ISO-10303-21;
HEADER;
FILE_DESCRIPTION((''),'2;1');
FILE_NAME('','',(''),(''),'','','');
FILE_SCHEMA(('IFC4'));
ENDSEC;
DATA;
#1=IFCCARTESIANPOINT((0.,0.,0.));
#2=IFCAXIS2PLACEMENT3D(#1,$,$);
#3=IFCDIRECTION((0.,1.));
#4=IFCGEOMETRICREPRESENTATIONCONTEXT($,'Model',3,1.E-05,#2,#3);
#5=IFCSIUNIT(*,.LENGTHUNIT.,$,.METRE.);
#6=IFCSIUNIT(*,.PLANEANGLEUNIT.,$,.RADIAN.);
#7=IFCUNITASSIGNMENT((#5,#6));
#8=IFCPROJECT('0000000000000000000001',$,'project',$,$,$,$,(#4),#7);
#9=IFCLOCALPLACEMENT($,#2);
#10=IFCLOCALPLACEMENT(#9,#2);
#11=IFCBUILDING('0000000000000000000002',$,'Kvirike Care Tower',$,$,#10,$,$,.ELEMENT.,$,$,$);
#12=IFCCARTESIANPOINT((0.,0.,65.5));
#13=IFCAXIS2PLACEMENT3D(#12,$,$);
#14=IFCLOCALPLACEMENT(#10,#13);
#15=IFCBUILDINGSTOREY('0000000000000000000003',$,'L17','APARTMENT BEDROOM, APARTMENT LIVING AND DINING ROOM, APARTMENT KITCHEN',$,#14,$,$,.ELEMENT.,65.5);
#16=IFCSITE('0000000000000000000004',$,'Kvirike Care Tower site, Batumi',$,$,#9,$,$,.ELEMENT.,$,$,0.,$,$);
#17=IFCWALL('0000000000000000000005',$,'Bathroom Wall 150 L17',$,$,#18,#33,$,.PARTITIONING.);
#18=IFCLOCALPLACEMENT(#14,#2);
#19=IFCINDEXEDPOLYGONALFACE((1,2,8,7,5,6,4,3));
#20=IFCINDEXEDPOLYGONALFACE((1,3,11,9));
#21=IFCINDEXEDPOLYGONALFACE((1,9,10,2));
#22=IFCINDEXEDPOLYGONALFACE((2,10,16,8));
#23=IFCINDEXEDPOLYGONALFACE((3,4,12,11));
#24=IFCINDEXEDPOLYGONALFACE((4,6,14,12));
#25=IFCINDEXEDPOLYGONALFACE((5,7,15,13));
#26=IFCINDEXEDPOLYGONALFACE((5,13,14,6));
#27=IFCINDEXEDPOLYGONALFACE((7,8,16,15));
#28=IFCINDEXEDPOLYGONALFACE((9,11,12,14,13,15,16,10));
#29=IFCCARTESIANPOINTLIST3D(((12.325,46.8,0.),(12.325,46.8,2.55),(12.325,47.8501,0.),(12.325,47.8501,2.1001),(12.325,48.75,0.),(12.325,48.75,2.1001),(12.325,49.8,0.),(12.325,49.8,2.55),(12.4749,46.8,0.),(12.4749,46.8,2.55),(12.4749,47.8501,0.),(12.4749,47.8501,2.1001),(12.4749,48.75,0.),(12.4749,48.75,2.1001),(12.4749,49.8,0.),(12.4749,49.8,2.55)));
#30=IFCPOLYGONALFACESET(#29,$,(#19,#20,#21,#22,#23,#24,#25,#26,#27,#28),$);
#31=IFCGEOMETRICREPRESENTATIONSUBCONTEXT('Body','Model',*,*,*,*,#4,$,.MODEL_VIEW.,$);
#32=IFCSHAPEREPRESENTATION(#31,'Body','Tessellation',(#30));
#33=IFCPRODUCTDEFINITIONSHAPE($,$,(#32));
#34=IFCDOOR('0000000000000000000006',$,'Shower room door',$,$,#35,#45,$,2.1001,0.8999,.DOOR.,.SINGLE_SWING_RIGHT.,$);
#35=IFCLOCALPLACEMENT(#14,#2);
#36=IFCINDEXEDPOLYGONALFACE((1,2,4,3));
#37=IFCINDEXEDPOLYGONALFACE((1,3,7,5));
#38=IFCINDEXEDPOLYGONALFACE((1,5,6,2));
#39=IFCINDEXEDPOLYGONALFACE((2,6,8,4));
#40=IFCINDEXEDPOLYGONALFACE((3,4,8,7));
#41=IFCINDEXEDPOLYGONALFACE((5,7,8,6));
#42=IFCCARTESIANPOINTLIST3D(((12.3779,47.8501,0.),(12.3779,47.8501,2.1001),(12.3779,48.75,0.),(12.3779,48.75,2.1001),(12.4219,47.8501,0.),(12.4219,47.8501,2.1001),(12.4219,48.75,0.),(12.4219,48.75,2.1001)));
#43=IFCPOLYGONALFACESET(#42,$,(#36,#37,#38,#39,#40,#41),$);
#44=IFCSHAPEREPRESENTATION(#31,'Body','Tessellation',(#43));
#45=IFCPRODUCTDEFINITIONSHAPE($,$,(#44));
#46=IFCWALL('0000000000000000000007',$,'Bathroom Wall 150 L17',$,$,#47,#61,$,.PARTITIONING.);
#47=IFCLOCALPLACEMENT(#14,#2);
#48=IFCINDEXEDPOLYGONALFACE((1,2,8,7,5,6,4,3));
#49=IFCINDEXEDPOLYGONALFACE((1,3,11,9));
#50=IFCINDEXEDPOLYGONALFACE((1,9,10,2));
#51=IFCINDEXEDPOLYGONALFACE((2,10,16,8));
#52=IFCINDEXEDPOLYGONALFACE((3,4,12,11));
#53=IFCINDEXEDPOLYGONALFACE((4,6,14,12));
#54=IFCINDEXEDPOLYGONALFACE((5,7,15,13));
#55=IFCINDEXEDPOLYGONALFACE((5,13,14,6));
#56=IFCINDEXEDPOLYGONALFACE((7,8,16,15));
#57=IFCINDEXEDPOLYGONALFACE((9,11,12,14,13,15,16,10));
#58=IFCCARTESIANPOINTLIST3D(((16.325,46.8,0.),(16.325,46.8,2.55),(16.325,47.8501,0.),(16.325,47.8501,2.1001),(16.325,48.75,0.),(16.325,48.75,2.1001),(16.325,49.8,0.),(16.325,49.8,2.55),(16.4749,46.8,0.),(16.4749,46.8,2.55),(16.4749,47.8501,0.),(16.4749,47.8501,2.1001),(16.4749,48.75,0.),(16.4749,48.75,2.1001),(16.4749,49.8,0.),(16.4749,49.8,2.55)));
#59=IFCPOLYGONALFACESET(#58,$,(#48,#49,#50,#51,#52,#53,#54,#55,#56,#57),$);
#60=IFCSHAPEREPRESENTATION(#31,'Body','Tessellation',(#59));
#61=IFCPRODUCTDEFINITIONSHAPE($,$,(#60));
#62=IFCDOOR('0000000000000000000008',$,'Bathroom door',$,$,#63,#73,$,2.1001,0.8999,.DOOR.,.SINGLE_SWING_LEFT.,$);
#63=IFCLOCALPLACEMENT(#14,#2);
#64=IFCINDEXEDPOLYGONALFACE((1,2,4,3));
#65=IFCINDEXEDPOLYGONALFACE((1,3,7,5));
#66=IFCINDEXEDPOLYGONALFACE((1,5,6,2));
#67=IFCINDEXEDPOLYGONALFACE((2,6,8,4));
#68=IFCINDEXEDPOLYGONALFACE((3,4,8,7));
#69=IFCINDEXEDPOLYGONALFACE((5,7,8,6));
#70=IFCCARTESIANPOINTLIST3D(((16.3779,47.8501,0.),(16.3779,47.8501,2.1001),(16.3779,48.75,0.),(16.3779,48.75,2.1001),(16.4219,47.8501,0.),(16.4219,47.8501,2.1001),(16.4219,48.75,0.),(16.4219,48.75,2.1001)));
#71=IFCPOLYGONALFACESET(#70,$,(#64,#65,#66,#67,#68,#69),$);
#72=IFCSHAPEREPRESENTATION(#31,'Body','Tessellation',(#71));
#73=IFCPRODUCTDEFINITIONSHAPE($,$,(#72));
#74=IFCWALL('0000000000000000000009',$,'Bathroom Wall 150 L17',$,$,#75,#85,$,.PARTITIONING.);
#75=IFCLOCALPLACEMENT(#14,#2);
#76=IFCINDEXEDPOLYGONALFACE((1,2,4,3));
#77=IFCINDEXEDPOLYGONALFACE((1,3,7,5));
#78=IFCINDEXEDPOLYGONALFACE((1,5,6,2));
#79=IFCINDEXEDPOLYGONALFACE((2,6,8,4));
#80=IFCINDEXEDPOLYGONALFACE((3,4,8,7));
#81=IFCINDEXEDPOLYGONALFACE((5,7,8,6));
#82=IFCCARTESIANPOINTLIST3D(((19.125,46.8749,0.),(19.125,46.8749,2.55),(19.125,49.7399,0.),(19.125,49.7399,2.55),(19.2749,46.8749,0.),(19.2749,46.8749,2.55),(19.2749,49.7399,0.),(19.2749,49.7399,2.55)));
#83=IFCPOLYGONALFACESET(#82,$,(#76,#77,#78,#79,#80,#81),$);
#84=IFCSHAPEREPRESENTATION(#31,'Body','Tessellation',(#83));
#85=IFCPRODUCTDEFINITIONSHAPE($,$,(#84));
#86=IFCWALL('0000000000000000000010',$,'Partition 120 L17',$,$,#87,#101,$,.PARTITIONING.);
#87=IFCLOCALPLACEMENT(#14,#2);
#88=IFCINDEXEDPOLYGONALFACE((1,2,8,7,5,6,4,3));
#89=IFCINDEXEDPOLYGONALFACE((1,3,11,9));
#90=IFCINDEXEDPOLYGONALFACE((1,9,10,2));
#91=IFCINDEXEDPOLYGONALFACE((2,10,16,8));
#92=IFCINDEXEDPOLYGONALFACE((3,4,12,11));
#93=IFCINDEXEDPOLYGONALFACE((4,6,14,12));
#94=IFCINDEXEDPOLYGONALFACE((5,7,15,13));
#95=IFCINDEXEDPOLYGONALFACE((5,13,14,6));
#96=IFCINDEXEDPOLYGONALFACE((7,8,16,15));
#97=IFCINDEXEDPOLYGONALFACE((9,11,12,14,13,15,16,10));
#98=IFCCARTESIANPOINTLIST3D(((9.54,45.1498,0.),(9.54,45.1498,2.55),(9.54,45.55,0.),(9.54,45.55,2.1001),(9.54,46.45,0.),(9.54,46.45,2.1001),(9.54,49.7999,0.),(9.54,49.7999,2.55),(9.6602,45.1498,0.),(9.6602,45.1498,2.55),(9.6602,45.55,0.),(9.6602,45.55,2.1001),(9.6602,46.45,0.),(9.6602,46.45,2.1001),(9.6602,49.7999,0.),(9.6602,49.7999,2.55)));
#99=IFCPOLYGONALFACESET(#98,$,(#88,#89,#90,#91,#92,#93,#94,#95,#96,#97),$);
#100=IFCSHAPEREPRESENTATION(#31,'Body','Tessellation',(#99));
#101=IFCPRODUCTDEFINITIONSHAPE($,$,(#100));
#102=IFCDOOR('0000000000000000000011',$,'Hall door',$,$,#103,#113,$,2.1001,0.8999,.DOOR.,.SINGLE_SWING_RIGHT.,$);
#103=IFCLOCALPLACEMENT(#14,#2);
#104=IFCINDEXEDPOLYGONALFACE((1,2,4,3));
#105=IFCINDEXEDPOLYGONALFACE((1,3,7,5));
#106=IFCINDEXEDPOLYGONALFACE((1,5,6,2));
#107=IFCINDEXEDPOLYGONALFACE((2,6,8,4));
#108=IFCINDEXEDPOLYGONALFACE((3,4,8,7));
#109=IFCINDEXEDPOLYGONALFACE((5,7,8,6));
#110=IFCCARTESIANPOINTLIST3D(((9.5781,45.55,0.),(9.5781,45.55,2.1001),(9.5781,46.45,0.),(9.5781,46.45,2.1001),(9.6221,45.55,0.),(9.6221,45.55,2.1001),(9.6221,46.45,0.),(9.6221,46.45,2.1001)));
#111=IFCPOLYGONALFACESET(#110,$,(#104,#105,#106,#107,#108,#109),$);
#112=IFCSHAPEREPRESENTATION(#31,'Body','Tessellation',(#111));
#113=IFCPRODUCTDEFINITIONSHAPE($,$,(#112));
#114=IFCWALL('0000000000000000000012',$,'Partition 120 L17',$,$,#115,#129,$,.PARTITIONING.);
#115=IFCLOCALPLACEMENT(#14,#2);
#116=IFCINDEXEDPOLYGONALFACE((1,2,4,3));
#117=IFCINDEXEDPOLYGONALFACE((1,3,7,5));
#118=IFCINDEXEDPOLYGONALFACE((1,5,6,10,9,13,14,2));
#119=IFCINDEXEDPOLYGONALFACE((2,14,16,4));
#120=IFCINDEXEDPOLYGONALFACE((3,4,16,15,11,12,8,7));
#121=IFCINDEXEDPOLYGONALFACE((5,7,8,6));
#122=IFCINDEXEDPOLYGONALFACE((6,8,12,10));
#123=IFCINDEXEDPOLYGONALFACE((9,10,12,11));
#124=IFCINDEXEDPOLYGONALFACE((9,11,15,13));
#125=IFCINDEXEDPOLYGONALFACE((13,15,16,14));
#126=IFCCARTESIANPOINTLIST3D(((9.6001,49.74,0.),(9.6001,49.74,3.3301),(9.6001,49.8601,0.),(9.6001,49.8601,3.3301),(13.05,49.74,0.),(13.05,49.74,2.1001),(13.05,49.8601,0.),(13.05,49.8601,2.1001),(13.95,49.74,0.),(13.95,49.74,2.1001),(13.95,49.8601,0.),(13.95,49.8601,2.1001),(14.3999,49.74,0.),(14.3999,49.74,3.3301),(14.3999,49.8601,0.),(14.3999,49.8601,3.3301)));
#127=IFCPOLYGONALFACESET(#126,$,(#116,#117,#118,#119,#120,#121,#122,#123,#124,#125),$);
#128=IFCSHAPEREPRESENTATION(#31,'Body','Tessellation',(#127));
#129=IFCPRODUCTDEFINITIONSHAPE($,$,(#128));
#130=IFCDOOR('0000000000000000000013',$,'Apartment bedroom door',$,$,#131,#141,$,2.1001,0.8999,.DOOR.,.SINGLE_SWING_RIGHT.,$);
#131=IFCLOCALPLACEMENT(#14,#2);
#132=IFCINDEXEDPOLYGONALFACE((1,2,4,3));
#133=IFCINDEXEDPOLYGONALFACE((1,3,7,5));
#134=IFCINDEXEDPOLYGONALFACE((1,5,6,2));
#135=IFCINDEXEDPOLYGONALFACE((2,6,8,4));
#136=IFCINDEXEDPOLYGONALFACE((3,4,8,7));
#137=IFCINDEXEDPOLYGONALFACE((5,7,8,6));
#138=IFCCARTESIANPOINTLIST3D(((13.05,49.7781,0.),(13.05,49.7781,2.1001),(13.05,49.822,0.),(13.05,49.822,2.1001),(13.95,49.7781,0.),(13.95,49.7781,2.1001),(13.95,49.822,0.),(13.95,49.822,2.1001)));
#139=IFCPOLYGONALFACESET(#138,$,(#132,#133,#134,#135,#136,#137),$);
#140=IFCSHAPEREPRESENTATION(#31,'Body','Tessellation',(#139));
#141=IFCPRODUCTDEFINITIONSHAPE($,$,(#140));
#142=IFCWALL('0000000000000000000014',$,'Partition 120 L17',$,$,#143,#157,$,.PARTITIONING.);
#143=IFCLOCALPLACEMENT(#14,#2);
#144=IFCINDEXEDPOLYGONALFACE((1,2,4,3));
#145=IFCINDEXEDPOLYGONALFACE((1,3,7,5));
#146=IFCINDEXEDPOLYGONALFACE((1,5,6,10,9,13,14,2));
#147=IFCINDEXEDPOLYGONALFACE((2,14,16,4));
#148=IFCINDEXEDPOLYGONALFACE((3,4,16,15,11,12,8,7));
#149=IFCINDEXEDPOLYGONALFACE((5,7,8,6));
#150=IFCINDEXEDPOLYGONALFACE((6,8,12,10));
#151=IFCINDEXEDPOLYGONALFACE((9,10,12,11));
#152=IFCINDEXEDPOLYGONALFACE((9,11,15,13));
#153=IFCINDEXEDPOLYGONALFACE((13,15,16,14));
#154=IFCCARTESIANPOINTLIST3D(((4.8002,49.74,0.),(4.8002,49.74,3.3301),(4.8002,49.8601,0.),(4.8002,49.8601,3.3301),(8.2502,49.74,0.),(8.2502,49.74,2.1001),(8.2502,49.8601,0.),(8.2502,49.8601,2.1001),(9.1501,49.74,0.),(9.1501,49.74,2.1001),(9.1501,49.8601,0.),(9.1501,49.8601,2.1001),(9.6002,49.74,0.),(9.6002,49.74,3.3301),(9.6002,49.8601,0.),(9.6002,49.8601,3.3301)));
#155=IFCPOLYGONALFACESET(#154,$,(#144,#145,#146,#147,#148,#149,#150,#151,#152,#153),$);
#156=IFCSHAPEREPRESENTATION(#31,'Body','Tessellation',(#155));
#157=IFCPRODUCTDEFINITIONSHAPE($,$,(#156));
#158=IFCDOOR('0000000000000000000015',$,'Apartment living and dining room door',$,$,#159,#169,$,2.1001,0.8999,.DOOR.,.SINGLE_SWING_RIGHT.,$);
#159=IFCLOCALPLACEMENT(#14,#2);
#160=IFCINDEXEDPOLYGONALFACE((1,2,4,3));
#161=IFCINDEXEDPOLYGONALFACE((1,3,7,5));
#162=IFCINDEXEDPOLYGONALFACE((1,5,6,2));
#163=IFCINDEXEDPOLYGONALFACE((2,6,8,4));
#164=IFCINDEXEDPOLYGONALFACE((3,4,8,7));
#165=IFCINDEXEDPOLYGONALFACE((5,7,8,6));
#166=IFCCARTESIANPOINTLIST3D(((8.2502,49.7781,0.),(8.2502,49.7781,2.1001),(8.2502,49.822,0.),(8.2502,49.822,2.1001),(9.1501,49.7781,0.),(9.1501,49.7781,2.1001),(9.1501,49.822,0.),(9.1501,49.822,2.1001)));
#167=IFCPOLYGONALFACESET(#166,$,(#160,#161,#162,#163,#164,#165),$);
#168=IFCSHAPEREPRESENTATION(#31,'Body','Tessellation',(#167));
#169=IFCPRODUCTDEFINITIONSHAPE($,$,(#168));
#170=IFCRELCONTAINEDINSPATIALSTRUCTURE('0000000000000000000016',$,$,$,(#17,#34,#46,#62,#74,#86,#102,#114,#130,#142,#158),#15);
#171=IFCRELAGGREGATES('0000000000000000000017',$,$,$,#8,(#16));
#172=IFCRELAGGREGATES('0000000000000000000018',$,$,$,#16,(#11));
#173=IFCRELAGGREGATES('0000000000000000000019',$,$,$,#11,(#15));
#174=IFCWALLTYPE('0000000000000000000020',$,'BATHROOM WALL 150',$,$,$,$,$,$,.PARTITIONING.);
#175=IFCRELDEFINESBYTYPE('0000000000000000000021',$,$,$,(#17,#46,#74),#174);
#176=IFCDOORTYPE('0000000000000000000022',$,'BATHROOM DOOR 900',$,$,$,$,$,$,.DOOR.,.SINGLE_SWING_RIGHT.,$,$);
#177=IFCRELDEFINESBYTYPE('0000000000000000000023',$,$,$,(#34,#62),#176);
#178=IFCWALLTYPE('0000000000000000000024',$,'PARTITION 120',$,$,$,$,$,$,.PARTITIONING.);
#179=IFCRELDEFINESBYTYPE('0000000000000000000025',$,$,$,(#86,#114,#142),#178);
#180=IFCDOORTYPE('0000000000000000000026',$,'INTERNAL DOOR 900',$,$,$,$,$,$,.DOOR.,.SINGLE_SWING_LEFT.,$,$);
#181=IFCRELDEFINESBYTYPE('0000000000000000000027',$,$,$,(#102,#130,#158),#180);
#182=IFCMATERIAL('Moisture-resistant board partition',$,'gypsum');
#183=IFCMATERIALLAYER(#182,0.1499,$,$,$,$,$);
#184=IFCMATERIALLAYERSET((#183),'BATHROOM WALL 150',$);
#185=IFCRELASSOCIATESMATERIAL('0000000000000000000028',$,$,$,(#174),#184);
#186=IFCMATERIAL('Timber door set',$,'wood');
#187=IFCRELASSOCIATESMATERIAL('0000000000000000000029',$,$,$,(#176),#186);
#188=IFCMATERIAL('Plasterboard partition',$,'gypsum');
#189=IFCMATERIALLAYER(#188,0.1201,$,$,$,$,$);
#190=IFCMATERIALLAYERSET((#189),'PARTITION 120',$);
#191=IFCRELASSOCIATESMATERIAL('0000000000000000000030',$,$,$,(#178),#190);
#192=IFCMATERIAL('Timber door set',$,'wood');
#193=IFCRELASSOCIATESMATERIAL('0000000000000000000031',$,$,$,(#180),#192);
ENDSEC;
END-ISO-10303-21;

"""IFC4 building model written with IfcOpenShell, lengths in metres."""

from ifc_helpers import new_model, si_unit, direction, frame, frame_2d, origin, place, context, subcontext, project, spatial, rectangle, extrude, material, layer, layer_set, type_object, element, fill, save


model = new_model("IFC4")

# Units and contexts
model_context = context("Model", 3, precision=1e-05, world=origin(), true_north=direction((0.0, 1.0)))
body_context = subcontext(model_context, "Body", "Model", "MODEL_VIEW")
ifc_project = project(units=[si_unit("LENGTHUNIT", "METRE"), si_unit("PLANEANGLEUNIT", "RADIAN")], contexts=[model_context])

# Site, building, storey
site_placement = place(None, origin())
site = spatial("IfcSite", under=ifc_project, at=site_placement, Name="Kvirike Care Tower site, Batumi", CompositionType="ELEMENT", RefElevation=0.0)
building_placement = place(site_placement, origin())
building = spatial("IfcBuilding", under=site, at=building_placement, Name="Kvirike Care Tower", CompositionType="ELEMENT")
storey_placement = place(building_placement, frame((0.0, 0.0, 65.5)))
storey = spatial("IfcBuildingStorey", under=building, at=storey_placement, Name="L17", Description="APARTMENT BEDROOM, APARTMENT LIVING AND DINING ROOM, APARTMENT KITCHEN", CompositionType="ELEMENT", Elevation=65.5)

# Walls, openings, doors
ifc_material_1 = material(Name="Moisture-resistant board partition", Category="gypsum")
ifc_layer_1 = layer(ifc_material_1, 0.1499)
ifc_layer_set_1 = layer_set([ifc_layer_1], Name="BATHROOM WALL 150")
wall_type_1 = type_object("IfcWallType", Name="BATHROOM WALL 150", PredefinedType="PARTITIONING", material=ifc_layer_set_1)
wall_1_placement = place(storey_placement, frame((12.3999, 49.8, 0.0), z_axis=(0.0, 0.0, 1.0), x_axis=(0.0, -1.0, 0.0)))
wall_1 = element("IfcWall", 1, at=wall_1_placement, inside=storey, type_object=wall_type_1, Name="Bathroom Wall 150 L17", PredefinedType="PARTITIONING", context=body_context, shape_type="SweptSolid", body=[
    extrude(rectangle(XDim=3.0, YDim=0.1499, at=frame_2d((1.5, 0.0))), origin(), (0.0, 0.0, 1.0), 2.55),
])
opening_1_placement = place(wall_1_placement, frame((1.05, 0.0, 0.0)))
opening_1 = element("IfcOpeningElement", 2, at=opening_1_placement, cuts=wall_1, PredefinedType="OPENING", context=body_context, shape_type="SweptSolid", body=[
    extrude(rectangle(XDim=0.8999, YDim=2.1001, at=frame_2d((0.45, 1.05))), frame((0.0, 0.0854, 0.0), z_axis=(0.0, -1.0, 0.0), x_axis=(1.0, 0.0, 0.0)), (0.0, 0.0, 1.0), 0.1709),
])
ifc_material_2 = material(Name="Timber door set", Category="wood")
door_type_1 = type_object("IfcDoorType", Name="BATHROOM DOOR 900", OperationType="SINGLE_SWING_RIGHT", PredefinedType="DOOR", material=ifc_material_2)
door_1_placement = place(opening_1_placement, frame((0.8999, 0.0, 0.0), z_axis=(0.0, 0.0, 1.0), x_axis=(-1.0, 0.0, 0.0)))
door_1 = element("IfcDoor", 3, at=door_1_placement, inside=storey, type_object=door_type_1, Name="Shower room door", OperationType="SINGLE_SWING_RIGHT", OverallHeight=2.1001, OverallWidth=0.8999, PredefinedType="DOOR", context=body_context, shape_type="SweptSolid", body=[
    extrude(rectangle(XDim=0.8999, YDim=2.1001, at=frame_2d((0.45, 1.05))), frame((0.0, 0.022, 0.0), z_axis=(0.0, -1.0, 0.0), x_axis=(1.0, 0.0, 0.0)), (0.0, 0.0, 1.0), 0.0439),
])
fill(opening_1, door_1)
wall_2_placement = place(storey_placement, frame((16.3999, 49.8, 0.0), z_axis=(0.0, 0.0, 1.0), x_axis=(0.0, -1.0, 0.0)))
wall_2 = element("IfcWall", 4, at=wall_2_placement, inside=storey, type_object=wall_type_1, Name="Bathroom Wall 150 L17", PredefinedType="PARTITIONING", context=body_context, shape_type="SweptSolid", body=[
    extrude(rectangle(XDim=3.0, YDim=0.1499, at=frame_2d((1.5, 0.0))), origin(), (0.0, 0.0, 1.0), 2.55),
])
opening_2_placement = place(wall_2_placement, frame((1.05, 0.0, 0.0)))
opening_2 = element("IfcOpeningElement", 5, at=opening_2_placement, cuts=wall_2, PredefinedType="OPENING", context=body_context, shape_type="SweptSolid", body=[
    extrude(rectangle(XDim=0.8999, YDim=2.1001, at=frame_2d((0.45, 1.05))), frame((0.0, 0.0854, 0.0), z_axis=(0.0, -1.0, 0.0), x_axis=(1.0, 0.0, 0.0)), (0.0, 0.0, 1.0), 0.1709),
])
door_2_placement = place(opening_2_placement, origin())
door_2 = element("IfcDoor", 6, at=door_2_placement, inside=storey, type_object=door_type_1, Name="Bathroom door", OperationType="SINGLE_SWING_LEFT", OverallHeight=2.1001, OverallWidth=0.8999, PredefinedType="DOOR", context=body_context, shape_type="SweptSolid", body=[
    extrude(rectangle(XDim=0.8999, YDim=2.1001, at=frame_2d((0.45, 1.05))), frame((0.0, 0.022, 0.0), z_axis=(0.0, -1.0, 0.0), x_axis=(1.0, 0.0, 0.0)), (0.0, 0.0, 1.0), 0.0439),
])
fill(opening_2, door_2)

# Wall
wall_3_placement = place(storey_placement, frame((19.2, 49.74, 0.0), z_axis=(0.0, 0.0, 1.0), x_axis=(0.0, -1.0, 0.0)))
element("IfcWall", 7, at=wall_3_placement, inside=storey, type_object=wall_type_1, Name="Bathroom Wall 150 L17", PredefinedType="PARTITIONING", context=body_context, shape_type="SweptSolid", body=[
    extrude(rectangle(XDim=2.865, YDim=0.1499, at=frame_2d((1.4326, 0.0))), origin(), (0.0, 0.0, 1.0), 2.55),
])

# Walls, openings, doors
ifc_material_3 = material(Name="Plasterboard partition", Category="gypsum")
ifc_layer_2 = layer(ifc_material_3, 0.1201)
ifc_layer_set_2 = layer_set([ifc_layer_2], Name="PARTITION 120")
wall_type_2 = type_object("IfcWallType", Name="PARTITION 120", PredefinedType="PARTITIONING", material=ifc_layer_set_2)
wall_4_placement = place(storey_placement, frame((9.6001, 49.8, 0.0), z_axis=(0.0, 0.0, 1.0), x_axis=(0.0, -1.0, 0.0)))
wall_4 = element("IfcWall", 8, at=wall_4_placement, inside=storey, type_object=wall_type_2, Name="Partition 120 L17", PredefinedType="PARTITIONING", context=body_context, shape_type="SweptSolid", body=[
    extrude(rectangle(XDim=4.6501, YDim=0.1201, at=frame_2d((2.3252, 0.0))), origin(), (0.0, 0.0, 1.0), 2.55),
])
opening_3_placement = place(wall_4_placement, frame((3.3501, 0.0, 0.0)))
opening_3 = element("IfcOpeningElement", 9, at=opening_3_placement, cuts=wall_4, PredefinedType="OPENING", context=body_context, shape_type="SweptSolid", body=[
    extrude(rectangle(XDim=0.8999, YDim=2.1001, at=frame_2d((0.45, 1.05))), frame((0.0, 0.0706, 0.0), z_axis=(0.0, -1.0, 0.0), x_axis=(1.0, 0.0, 0.0)), (0.0, 0.0, 1.0), 0.1411),
])
ifc_material_4 = material(Name="Timber door set", Category="wood")
door_type_2 = type_object("IfcDoorType", Name="INTERNAL DOOR 900", OperationType="SINGLE_SWING_LEFT", PredefinedType="DOOR", material=ifc_material_4)
door_3_placement = place(opening_3_placement, origin())
door_3 = element("IfcDoor", 10, at=door_3_placement, inside=storey, type_object=door_type_2, Name="Hall door", OperationType="SINGLE_SWING_RIGHT", OverallHeight=2.1001, OverallWidth=0.8999, PredefinedType="DOOR", context=body_context, shape_type="SweptSolid", body=[
    extrude(rectangle(XDim=0.8999, YDim=2.1001, at=frame_2d((0.45, 1.05))), frame((0.0, 0.022, 0.0), z_axis=(0.0, -1.0, 0.0), x_axis=(1.0, 0.0, 0.0)), (0.0, 0.0, 1.0), 0.0439),
])
fill(opening_3, door_3)
wall_5_placement = place(storey_placement, frame((14.3999, 49.8, 0.0), z_axis=(0.0, 0.0, 1.0), x_axis=(-1.0, 0.0, 0.0)))
wall_5 = element("IfcWall", 11, at=wall_5_placement, inside=storey, type_object=wall_type_2, Name="Partition 120 L17", PredefinedType="PARTITIONING", context=body_context, shape_type="SweptSolid", body=[
    extrude(rectangle(XDim=4.7998, YDim=0.1201, at=frame_2d((2.3999, 0.0))), origin(), (0.0, 0.0, 1.0), 3.3301),
])
opening_4_placement = place(wall_5_placement, frame((0.45, 0.0, 0.0)))
opening_4 = element("IfcOpeningElement", 12, at=opening_4_placement, cuts=wall_5, PredefinedType="OPENING", context=body_context, shape_type="SweptSolid", body=[
    extrude(rectangle(XDim=0.8999, YDim=2.1001, at=frame_2d((0.45, 1.05))), frame((0.0, 0.0706, 0.0), z_axis=(0.0, -1.0, 0.0), x_axis=(1.0, 0.0, 0.0)), (0.0, 0.0, 1.0), 0.1411),
])
door_4_placement = place(opening_4_placement, origin())
door_4 = element("IfcDoor", 13, at=door_4_placement, inside=storey, type_object=door_type_2, Name="Apartment bedroom door", OperationType="SINGLE_SWING_RIGHT", OverallHeight=2.1001, OverallWidth=0.8999, PredefinedType="DOOR", context=body_context, shape_type="SweptSolid", body=[
    extrude(rectangle(XDim=0.8999, YDim=2.1001, at=frame_2d((0.45, 1.05))), frame((0.0, 0.022, 0.0), z_axis=(0.0, -1.0, 0.0), x_axis=(1.0, 0.0, 0.0)), (0.0, 0.0, 1.0), 0.0439),
])
fill(opening_4, door_4)
wall_6_placement = place(storey_placement, frame((9.6001, 49.8, 0.0), z_axis=(0.0, 0.0, 1.0), x_axis=(-1.0, 0.0, 0.0)))
wall_6 = element("IfcWall", 14, at=wall_6_placement, inside=storey, type_object=wall_type_2, Name="Partition 120 L17", PredefinedType="PARTITIONING", context=body_context, shape_type="SweptSolid", body=[
    extrude(rectangle(XDim=4.8, YDim=0.1201, at=frame_2d((2.3999, 0.0))), origin(), (0.0, 0.0, 1.0), 3.3301),
])
opening_5_placement = place(wall_6_placement, frame((0.45, 0.0, 0.0)))
opening_5 = element("IfcOpeningElement", 15, at=opening_5_placement, cuts=wall_6, PredefinedType="OPENING", context=body_context, shape_type="SweptSolid", body=[
    extrude(rectangle(XDim=0.8999, YDim=2.1001, at=frame_2d((0.45, 1.05))), frame((0.0, 0.0706, 0.0), z_axis=(0.0, -1.0, 0.0), x_axis=(1.0, 0.0, 0.0)), (0.0, 0.0, 1.0), 0.1411),
])
door_5_placement = place(opening_5_placement, origin())
door_5 = element("IfcDoor", 16, at=door_5_placement, inside=storey, type_object=door_type_2, Name="Apartment living and dining room door", OperationType="SINGLE_SWING_RIGHT", OverallHeight=2.1001, OverallWidth=0.8999, PredefinedType="DOOR", context=body_context, shape_type="SweptSolid", body=[
    extrude(rectangle(XDim=0.8999, YDim=2.1001, at=frame_2d((0.45, 1.05))), frame((0.0, 0.022, 0.0), z_axis=(0.0, -1.0, 0.0), x_axis=(1.0, 0.0, 0.0)), (0.0, 0.0, 1.0), 0.0439),
])
fill(opening_5, door_5)

save(model, "model.ifc")
